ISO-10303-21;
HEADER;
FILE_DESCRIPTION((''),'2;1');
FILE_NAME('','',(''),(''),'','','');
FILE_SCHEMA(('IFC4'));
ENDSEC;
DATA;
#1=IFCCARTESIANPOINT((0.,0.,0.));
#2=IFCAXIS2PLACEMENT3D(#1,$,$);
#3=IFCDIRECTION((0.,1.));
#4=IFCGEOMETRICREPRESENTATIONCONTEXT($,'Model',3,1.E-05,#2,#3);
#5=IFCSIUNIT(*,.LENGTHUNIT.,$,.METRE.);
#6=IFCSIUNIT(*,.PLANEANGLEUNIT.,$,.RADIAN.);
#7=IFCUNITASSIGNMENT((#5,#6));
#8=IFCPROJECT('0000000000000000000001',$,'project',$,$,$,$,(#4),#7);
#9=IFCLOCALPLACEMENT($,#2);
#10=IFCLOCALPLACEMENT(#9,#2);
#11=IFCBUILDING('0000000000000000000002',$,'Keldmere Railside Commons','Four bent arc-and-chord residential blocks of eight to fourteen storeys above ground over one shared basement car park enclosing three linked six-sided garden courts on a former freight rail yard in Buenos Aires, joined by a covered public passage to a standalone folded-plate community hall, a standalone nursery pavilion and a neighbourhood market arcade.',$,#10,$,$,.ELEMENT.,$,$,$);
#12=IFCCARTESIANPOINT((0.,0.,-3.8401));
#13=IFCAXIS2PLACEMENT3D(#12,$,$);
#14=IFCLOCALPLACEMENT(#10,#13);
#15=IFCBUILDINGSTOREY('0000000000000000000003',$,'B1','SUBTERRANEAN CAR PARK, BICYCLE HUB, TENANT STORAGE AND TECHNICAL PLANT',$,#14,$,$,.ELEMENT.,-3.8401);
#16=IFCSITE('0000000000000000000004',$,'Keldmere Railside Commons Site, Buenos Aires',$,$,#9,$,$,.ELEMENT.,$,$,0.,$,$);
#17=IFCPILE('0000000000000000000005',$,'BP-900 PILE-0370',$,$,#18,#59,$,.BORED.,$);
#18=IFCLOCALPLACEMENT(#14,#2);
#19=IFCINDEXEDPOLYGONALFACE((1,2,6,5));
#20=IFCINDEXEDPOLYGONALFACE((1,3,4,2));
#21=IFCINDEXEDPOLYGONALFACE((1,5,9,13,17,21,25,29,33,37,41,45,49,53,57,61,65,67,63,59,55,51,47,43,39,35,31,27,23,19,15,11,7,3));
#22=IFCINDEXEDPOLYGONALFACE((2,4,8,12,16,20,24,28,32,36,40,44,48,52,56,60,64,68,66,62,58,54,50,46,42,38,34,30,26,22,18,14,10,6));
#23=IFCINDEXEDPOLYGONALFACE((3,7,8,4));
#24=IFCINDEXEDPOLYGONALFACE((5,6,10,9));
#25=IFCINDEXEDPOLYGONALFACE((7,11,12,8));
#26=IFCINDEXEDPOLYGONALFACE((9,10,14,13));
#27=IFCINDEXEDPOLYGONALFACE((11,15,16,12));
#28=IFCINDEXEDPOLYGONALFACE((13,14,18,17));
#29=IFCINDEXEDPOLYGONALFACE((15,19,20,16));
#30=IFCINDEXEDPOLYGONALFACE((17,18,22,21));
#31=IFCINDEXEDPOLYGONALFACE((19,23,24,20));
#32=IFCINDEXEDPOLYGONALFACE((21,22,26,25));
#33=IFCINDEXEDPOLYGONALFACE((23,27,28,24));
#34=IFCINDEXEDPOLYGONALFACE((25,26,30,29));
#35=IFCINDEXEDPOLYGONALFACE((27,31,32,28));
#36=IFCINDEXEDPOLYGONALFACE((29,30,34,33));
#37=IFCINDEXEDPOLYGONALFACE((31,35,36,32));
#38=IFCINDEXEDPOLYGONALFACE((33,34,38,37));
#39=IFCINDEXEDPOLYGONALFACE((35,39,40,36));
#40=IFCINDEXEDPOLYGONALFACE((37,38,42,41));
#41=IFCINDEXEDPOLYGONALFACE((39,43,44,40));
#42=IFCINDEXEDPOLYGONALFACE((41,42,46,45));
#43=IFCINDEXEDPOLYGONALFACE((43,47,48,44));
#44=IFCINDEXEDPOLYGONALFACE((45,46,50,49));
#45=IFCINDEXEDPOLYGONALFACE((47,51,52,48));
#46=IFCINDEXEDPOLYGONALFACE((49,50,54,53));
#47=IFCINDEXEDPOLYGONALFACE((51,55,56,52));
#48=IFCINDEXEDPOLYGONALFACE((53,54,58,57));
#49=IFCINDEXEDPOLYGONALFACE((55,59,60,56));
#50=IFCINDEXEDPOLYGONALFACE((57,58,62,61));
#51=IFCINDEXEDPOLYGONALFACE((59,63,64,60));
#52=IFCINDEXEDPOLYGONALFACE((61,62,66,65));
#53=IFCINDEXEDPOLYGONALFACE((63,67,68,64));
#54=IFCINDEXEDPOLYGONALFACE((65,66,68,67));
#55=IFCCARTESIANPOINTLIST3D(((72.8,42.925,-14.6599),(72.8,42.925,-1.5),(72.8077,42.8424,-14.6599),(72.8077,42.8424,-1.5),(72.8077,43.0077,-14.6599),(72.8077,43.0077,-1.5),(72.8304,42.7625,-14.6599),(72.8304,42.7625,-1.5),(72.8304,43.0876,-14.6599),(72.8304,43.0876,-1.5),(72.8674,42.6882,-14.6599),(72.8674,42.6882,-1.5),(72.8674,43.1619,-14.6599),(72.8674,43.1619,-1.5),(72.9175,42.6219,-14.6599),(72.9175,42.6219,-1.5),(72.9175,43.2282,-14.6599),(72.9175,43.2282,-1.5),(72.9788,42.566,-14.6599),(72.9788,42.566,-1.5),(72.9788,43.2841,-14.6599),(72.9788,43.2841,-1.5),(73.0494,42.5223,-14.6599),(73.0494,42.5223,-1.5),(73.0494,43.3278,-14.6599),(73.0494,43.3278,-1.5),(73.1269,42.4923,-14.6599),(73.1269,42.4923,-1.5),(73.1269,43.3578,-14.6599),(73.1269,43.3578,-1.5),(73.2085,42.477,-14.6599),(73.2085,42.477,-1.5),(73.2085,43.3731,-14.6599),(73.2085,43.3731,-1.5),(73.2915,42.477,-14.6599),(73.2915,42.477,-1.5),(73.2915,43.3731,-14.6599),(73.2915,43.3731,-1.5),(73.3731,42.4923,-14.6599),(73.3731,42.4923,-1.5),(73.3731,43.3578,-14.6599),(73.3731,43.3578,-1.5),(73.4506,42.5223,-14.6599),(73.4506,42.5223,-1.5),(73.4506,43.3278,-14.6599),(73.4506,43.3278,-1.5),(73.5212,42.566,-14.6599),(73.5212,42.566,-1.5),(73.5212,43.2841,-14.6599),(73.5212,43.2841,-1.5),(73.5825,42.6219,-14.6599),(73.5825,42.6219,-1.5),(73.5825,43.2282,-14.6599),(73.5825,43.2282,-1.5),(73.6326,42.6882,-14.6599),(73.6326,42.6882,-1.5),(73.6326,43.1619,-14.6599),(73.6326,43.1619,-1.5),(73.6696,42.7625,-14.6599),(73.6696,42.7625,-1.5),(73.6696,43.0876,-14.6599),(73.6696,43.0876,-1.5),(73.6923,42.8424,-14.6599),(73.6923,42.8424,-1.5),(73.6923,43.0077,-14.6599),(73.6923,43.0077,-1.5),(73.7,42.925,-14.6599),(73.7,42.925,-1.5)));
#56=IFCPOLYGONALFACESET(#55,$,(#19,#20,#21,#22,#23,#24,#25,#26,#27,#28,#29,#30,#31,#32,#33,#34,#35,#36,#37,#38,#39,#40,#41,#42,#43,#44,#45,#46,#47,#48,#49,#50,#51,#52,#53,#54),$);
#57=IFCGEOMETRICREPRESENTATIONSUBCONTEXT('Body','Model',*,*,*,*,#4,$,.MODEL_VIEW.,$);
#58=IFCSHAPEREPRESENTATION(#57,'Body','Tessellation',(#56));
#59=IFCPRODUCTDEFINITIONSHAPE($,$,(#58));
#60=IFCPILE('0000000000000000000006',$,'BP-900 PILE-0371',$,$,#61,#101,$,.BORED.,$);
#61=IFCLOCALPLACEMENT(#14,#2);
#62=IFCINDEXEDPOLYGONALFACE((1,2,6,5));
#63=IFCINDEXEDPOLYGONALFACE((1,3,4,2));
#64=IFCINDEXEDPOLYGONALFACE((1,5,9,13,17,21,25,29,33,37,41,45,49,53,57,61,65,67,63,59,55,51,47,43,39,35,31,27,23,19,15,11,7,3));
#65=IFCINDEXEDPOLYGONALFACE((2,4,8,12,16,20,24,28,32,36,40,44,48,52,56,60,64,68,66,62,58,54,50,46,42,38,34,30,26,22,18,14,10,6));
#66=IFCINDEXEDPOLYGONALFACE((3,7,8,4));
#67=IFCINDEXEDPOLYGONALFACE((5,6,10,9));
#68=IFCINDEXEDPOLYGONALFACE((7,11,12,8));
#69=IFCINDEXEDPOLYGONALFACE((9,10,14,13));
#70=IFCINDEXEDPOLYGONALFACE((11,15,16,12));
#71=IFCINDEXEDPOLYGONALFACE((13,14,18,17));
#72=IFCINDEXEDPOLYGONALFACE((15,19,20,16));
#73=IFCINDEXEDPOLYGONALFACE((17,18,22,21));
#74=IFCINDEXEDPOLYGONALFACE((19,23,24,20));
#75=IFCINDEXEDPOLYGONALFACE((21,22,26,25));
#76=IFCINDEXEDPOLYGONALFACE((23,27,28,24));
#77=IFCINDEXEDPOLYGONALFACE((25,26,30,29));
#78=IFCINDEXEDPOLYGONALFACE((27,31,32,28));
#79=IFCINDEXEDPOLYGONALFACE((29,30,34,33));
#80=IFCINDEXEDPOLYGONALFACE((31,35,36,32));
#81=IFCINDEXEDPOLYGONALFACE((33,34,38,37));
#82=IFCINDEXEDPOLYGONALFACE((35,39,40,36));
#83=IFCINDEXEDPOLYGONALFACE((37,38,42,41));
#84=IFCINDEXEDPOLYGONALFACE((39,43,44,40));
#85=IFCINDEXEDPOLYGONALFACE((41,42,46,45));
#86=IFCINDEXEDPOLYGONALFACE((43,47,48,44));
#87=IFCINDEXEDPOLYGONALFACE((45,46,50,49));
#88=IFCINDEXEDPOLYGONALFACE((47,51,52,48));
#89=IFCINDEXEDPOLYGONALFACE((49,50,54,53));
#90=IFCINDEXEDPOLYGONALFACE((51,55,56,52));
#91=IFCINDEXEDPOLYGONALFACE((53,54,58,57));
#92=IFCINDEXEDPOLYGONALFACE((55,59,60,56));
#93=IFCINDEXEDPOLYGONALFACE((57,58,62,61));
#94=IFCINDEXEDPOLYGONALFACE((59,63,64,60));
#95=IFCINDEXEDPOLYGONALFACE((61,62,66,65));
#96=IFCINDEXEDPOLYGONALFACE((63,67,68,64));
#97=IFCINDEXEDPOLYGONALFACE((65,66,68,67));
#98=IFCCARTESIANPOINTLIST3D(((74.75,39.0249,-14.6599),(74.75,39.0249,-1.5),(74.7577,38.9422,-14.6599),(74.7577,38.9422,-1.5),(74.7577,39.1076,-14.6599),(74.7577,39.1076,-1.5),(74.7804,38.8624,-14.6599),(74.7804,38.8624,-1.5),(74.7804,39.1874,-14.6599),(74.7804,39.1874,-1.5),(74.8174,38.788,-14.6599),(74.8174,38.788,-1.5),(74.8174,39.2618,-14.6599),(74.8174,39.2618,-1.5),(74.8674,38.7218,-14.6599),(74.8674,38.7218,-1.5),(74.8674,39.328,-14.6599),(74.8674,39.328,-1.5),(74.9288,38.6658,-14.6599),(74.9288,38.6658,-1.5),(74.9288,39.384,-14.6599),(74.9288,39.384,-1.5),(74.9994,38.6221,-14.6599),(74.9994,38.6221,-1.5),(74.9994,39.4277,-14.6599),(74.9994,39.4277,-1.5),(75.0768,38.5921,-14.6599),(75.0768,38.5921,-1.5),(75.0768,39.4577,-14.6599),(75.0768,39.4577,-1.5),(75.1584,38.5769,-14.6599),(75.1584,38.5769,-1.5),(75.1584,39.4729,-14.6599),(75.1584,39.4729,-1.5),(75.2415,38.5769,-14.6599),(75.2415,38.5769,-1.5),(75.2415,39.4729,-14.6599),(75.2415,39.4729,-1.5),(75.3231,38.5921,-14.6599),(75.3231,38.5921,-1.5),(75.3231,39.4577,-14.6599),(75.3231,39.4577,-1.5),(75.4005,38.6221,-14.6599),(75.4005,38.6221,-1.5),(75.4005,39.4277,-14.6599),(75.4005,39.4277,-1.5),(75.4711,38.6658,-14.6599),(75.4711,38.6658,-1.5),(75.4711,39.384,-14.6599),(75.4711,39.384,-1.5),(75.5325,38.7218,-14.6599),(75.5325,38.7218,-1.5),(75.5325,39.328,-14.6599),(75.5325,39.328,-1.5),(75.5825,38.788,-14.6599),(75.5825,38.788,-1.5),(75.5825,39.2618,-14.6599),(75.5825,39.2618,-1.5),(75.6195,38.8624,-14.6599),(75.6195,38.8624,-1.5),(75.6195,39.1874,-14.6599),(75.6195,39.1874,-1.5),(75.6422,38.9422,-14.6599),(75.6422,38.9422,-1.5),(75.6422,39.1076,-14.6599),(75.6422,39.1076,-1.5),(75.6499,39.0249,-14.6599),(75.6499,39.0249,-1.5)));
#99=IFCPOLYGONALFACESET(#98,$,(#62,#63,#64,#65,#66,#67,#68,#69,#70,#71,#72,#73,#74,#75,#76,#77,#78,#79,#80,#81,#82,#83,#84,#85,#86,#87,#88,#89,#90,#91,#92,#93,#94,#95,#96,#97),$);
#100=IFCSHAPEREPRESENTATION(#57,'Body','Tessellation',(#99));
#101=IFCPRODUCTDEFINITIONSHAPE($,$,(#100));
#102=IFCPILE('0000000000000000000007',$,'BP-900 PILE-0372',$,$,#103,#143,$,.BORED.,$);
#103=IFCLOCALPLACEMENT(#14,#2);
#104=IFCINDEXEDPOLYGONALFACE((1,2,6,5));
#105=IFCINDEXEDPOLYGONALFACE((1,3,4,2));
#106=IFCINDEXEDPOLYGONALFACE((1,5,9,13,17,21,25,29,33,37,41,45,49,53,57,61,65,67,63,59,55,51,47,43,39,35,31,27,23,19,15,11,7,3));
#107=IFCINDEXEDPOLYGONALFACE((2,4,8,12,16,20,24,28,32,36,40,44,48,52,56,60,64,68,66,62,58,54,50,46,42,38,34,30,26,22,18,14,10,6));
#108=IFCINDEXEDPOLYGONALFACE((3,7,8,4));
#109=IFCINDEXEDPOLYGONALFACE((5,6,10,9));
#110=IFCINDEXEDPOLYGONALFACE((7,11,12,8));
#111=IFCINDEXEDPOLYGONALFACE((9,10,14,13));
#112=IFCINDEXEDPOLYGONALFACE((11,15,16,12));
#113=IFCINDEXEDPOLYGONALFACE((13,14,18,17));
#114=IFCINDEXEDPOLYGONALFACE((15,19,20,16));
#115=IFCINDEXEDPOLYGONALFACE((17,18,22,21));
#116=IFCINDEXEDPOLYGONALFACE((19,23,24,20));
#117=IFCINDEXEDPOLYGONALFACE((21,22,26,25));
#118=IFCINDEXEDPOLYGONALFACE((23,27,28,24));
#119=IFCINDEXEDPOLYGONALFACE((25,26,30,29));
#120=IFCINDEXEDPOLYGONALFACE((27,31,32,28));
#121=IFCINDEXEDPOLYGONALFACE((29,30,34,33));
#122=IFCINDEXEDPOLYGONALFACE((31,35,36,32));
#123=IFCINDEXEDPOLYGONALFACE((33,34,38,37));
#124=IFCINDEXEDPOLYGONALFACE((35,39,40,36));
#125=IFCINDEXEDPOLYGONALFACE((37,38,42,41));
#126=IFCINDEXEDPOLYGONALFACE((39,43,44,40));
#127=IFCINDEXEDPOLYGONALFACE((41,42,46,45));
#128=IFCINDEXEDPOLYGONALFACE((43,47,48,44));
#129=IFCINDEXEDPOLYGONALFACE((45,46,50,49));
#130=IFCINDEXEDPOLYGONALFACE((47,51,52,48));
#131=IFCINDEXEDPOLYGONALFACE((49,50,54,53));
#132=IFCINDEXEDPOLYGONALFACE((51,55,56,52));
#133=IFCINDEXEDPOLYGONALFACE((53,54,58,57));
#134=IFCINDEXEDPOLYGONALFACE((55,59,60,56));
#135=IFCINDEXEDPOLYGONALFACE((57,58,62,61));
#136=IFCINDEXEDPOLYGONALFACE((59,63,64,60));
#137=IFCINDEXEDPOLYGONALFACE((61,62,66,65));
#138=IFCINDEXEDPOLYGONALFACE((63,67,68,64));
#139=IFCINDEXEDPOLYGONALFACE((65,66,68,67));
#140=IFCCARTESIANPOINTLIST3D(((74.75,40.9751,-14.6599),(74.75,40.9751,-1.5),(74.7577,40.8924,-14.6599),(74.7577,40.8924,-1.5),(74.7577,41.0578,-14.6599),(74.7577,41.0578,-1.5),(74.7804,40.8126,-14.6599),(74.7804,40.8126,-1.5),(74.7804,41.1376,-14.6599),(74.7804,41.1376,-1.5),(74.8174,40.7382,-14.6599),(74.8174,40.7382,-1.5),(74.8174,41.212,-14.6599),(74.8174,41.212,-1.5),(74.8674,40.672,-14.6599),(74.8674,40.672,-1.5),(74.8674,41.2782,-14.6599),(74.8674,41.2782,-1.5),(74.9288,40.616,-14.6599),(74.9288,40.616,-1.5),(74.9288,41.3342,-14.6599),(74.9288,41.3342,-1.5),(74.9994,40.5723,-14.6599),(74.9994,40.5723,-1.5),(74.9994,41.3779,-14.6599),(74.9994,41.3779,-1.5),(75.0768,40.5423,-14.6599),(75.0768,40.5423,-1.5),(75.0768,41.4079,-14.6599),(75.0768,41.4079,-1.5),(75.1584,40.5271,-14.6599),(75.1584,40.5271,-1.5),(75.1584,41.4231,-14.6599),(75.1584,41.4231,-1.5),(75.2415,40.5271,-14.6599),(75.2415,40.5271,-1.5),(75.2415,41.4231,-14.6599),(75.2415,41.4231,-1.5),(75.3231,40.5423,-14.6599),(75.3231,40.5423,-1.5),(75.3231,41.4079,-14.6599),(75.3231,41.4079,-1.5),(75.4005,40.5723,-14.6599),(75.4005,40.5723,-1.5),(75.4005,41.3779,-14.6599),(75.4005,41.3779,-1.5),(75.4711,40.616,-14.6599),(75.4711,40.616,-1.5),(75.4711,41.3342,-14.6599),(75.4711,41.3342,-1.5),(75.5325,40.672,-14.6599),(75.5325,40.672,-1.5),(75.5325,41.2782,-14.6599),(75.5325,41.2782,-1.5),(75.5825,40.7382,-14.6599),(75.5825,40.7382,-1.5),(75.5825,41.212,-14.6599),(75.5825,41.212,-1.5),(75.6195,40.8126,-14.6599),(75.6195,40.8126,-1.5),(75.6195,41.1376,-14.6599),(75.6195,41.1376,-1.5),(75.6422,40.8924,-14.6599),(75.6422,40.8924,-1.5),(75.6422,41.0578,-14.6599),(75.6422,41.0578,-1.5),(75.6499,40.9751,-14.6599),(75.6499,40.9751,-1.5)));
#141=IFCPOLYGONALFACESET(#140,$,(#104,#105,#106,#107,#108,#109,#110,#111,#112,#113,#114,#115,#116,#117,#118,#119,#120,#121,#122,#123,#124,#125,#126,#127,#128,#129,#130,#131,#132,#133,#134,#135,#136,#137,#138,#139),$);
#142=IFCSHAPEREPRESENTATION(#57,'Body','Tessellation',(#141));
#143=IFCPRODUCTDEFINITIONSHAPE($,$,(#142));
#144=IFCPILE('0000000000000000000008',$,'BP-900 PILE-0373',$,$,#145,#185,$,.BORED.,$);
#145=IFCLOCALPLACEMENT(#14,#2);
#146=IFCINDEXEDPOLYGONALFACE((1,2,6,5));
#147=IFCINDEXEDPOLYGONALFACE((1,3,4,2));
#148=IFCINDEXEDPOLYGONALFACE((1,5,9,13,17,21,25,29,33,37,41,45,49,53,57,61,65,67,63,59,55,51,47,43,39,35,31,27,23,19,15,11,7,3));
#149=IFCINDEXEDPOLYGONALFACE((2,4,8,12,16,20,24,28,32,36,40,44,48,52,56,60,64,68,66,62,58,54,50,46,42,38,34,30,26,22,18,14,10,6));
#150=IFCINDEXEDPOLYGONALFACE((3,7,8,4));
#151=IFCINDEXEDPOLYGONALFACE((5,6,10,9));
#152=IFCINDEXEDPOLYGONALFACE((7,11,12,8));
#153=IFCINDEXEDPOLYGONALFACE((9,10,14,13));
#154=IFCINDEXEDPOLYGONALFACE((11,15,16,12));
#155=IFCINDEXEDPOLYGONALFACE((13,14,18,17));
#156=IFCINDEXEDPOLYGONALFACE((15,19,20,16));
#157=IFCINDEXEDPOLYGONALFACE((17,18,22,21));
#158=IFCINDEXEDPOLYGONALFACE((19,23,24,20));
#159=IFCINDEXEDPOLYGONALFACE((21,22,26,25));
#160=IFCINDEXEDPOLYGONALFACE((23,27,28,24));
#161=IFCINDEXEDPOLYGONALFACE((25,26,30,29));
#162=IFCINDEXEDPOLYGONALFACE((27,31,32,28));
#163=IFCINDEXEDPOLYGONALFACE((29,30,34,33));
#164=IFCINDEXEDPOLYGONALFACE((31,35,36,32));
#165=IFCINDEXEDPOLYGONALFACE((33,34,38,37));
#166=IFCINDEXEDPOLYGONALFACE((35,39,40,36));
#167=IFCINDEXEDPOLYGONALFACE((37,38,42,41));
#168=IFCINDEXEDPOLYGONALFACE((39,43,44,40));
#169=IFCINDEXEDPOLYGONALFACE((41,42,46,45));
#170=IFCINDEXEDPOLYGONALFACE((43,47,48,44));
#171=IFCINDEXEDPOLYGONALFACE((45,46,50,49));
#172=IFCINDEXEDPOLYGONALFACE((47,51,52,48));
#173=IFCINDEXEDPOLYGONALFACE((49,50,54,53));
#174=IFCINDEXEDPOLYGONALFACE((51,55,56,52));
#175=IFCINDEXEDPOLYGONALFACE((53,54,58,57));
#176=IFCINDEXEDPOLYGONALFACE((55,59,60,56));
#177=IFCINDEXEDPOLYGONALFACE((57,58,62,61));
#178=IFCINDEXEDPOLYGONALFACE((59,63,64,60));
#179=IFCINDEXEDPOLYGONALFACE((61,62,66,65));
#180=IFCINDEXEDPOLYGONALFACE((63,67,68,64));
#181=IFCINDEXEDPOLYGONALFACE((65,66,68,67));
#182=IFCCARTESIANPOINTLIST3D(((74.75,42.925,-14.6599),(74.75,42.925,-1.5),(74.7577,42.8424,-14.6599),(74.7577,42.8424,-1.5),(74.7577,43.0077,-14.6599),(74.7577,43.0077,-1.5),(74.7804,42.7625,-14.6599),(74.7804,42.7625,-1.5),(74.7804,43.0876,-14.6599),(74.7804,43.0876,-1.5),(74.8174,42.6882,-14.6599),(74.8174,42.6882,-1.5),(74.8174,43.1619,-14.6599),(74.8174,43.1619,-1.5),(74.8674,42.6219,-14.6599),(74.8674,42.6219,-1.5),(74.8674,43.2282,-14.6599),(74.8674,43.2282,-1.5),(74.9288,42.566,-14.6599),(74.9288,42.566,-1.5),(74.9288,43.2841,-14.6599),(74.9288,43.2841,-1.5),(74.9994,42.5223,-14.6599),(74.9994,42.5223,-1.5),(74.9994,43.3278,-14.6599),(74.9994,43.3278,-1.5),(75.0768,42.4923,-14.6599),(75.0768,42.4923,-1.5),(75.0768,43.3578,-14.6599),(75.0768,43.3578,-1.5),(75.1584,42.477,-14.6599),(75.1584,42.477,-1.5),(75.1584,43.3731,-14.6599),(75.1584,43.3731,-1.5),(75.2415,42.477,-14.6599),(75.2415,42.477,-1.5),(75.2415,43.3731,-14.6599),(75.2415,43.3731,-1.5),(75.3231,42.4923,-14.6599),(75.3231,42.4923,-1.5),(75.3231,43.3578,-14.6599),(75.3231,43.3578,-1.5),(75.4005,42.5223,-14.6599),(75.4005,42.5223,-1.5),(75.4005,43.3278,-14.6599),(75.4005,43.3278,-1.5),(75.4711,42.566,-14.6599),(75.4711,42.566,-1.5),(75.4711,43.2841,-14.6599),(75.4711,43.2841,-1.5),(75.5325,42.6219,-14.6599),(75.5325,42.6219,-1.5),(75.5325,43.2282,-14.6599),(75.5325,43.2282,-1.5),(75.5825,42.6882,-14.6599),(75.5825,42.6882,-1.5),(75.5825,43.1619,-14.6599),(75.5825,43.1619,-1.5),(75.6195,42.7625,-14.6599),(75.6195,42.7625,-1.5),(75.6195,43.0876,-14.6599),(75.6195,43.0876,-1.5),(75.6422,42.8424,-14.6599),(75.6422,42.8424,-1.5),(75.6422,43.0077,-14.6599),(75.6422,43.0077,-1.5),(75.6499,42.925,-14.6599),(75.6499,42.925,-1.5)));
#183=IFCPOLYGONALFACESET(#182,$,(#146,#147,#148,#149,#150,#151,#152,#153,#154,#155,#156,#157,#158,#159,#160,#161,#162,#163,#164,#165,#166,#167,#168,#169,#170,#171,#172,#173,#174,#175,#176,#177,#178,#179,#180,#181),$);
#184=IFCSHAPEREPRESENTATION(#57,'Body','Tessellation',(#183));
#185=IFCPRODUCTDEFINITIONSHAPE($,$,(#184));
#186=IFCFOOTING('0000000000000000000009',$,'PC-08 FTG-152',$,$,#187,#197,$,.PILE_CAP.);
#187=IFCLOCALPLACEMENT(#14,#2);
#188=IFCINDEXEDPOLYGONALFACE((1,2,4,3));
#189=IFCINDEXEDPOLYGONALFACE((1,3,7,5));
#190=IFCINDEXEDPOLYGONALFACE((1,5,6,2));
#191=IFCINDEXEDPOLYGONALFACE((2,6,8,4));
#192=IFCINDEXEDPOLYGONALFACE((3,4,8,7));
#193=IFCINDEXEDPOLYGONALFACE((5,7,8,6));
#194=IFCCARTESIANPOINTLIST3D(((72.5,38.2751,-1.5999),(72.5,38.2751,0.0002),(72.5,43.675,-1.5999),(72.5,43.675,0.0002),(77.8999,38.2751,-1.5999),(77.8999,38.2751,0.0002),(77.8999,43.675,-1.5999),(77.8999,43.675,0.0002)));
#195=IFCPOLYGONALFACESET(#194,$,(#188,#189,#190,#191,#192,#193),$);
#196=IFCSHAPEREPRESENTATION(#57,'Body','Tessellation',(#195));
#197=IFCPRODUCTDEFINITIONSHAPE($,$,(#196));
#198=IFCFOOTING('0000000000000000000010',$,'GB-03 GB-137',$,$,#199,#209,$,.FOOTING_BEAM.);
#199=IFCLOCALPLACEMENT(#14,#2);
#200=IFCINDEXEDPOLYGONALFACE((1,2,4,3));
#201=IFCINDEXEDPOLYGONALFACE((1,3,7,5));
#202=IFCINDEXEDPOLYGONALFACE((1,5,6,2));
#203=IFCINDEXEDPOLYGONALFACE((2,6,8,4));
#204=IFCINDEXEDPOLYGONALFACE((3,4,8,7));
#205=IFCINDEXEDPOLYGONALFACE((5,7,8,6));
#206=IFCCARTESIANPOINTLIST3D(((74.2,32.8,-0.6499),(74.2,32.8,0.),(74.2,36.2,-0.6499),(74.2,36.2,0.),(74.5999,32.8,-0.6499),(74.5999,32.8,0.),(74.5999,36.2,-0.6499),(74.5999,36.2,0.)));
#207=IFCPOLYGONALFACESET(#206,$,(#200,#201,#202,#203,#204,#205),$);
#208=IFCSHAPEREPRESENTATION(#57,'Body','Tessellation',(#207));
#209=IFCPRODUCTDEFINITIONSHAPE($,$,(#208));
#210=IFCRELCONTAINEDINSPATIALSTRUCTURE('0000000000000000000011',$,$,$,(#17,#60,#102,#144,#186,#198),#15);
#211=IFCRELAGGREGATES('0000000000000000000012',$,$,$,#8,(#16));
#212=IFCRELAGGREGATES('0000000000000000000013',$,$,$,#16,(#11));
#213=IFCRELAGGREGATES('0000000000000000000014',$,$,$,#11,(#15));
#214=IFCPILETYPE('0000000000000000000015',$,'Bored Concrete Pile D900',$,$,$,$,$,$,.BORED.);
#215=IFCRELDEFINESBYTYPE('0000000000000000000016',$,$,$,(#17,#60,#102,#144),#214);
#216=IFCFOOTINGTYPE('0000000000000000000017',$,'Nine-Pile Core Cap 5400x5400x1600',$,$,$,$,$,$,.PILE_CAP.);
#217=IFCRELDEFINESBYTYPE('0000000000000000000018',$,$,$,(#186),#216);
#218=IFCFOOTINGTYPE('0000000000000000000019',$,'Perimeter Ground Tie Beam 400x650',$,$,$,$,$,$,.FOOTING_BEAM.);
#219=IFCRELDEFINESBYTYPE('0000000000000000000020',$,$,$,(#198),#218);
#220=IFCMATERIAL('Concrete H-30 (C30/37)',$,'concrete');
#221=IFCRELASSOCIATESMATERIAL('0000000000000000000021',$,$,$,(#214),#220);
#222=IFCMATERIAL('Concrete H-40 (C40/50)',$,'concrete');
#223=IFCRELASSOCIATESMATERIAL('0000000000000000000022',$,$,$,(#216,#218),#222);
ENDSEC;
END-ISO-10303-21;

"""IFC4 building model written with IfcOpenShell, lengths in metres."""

from ifc_helpers import new_model, si_unit, direction, frame, origin, origin_2d, place, context, subcontext, project, spatial, rectangle, circle, extrude, material, material_profile, profile_set, type_object, element, save


model = new_model("IFC4")

# Units and contexts
model_context = context("Model", 3, precision=1e-05, world=origin(), true_north=direction((0.0, 1.0)))
body_context = subcontext(model_context, "Body", "Model", "MODEL_VIEW")
ifc_project = project(units=[si_unit("LENGTHUNIT", "METRE"), si_unit("PLANEANGLEUNIT", "RADIAN")], contexts=[model_context])

# Site, building, storey
site_placement = place(None, origin())
site = spatial("IfcSite", under=ifc_project, at=site_placement, Name="Keldmere Railside Commons Site, Buenos Aires", CompositionType="ELEMENT", RefElevation=0.0)
building_placement = place(site_placement, origin())
building = spatial("IfcBuilding", under=site, at=building_placement, Name="Keldmere Railside Commons", Description="Four bent arc-and-chord residential blocks of eight to fourteen storeys above ground over one shared basement car park enclosing three linked six-sided garden courts on a former freight rail yard in Buenos Aires, joined by a covered public passage to a standalone folded-plate community hall, a standalone nursery pavilion and a neighbourhood market arcade.", CompositionType="ELEMENT")
storey_placement = place(building_placement, frame((0.0, 0.0, -3.8401)))
storey = spatial("IfcBuildingStorey", under=building, at=storey_placement, Name="B1", Description="SUBTERRANEAN CAR PARK, BICYCLE HUB, TENANT STORAGE AND TECHNICAL PLANT", CompositionType="ELEMENT", Elevation=-3.8401)

# Piles
ifc_material_1 = material(Name="Concrete H-30 (C30/37)", Category="concrete")
ifc_material_profile_1 = material_profile(ifc_material_1, circle(Radius=0.45, at=origin_2d()), Name="PILE-D900")
ifc_profile_set_1 = profile_set([ifc_material_profile_1], Name="Concrete H-30 (C30/37)")
pile_type_1 = type_object("IfcPileType", Name="Bored Concrete Pile D900", PredefinedType="BORED", material=ifc_profile_set_1)
for number, where, z_axis, x_axis, name in (
    (1, (73.25, 42.925, -1.5), (0.0, 0.0, -1.0), (1.0, 0.0, 0.0), "BP-900 PILE-0370"),
    (2, (75.2, 39.0249, -1.5), (0.0, 0.0, -1.0), (1.0, 0.0, 0.0), "BP-900 PILE-0371"),
    (3, (75.2, 40.9751, -1.5), (0.0, 0.0, -1.0), (1.0, 0.0, 0.0), "BP-900 PILE-0372"),
    (4, (75.2, 42.925, -1.5), (0.0, 0.0, -1.0), (1.0, 0.0, 0.0), "BP-900 PILE-0373"),
):
    element("IfcPile", number, at=place(storey_placement, frame(where, z_axis=z_axis, x_axis=x_axis)), inside=storey, type_object=pile_type_1, Name=name, PredefinedType="BORED", context=body_context, shape_type="SweptSolid", body=[
        extrude(circle(Radius=0.45, at=origin_2d()), origin(), (0.0, 0.0, 1.0), 13.1599),
    ])

# Footings
ifc_material_2 = material(Name="Concrete H-40 (C40/50)", Category="concrete")
footing_type_1 = type_object("IfcFootingType", Name="Nine-Pile Core Cap 5400x5400x1600", PredefinedType="PILE_CAP", material=ifc_material_2)
footing_1_placement = place(storey_placement, frame((75.2, 40.9751, -1.5999), z_axis=(0.0, 0.0, 1.0), x_axis=(1.0, 0.0, 0.0)))
element("IfcFooting", 5, at=footing_1_placement, inside=storey, type_object=footing_type_1, Name="PC-08 FTG-152", PredefinedType="PILE_CAP", context=body_context, shape_type="SweptSolid", body=[
    extrude(rectangle(XDim=5.3999, YDim=5.3999, at=origin_2d()), origin(), (0.0, 0.0, 1.0), 1.6001),
])
footing_type_2 = type_object("IfcFootingType", Name="Perimeter Ground Tie Beam 400x650", PredefinedType="FOOTING_BEAM", material=ifc_material_2)
footing_2_placement = place(storey_placement, frame((74.3999, 34.5, -0.6499), z_axis=(0.0, 0.0, 1.0), x_axis=(0.0, 1.0, 0.0)))
element("IfcFooting", 6, at=footing_2_placement, inside=storey, type_object=footing_type_2, Name="GB-03 GB-137", PredefinedType="FOOTING_BEAM", context=body_context, shape_type="SweptSolid", body=[
    extrude(rectangle(XDim=3.3999, YDim=0.3999, at=origin_2d()), origin(), (0.0, 0.0, 1.0), 0.6499),
])

save(model, "model.ifc")
